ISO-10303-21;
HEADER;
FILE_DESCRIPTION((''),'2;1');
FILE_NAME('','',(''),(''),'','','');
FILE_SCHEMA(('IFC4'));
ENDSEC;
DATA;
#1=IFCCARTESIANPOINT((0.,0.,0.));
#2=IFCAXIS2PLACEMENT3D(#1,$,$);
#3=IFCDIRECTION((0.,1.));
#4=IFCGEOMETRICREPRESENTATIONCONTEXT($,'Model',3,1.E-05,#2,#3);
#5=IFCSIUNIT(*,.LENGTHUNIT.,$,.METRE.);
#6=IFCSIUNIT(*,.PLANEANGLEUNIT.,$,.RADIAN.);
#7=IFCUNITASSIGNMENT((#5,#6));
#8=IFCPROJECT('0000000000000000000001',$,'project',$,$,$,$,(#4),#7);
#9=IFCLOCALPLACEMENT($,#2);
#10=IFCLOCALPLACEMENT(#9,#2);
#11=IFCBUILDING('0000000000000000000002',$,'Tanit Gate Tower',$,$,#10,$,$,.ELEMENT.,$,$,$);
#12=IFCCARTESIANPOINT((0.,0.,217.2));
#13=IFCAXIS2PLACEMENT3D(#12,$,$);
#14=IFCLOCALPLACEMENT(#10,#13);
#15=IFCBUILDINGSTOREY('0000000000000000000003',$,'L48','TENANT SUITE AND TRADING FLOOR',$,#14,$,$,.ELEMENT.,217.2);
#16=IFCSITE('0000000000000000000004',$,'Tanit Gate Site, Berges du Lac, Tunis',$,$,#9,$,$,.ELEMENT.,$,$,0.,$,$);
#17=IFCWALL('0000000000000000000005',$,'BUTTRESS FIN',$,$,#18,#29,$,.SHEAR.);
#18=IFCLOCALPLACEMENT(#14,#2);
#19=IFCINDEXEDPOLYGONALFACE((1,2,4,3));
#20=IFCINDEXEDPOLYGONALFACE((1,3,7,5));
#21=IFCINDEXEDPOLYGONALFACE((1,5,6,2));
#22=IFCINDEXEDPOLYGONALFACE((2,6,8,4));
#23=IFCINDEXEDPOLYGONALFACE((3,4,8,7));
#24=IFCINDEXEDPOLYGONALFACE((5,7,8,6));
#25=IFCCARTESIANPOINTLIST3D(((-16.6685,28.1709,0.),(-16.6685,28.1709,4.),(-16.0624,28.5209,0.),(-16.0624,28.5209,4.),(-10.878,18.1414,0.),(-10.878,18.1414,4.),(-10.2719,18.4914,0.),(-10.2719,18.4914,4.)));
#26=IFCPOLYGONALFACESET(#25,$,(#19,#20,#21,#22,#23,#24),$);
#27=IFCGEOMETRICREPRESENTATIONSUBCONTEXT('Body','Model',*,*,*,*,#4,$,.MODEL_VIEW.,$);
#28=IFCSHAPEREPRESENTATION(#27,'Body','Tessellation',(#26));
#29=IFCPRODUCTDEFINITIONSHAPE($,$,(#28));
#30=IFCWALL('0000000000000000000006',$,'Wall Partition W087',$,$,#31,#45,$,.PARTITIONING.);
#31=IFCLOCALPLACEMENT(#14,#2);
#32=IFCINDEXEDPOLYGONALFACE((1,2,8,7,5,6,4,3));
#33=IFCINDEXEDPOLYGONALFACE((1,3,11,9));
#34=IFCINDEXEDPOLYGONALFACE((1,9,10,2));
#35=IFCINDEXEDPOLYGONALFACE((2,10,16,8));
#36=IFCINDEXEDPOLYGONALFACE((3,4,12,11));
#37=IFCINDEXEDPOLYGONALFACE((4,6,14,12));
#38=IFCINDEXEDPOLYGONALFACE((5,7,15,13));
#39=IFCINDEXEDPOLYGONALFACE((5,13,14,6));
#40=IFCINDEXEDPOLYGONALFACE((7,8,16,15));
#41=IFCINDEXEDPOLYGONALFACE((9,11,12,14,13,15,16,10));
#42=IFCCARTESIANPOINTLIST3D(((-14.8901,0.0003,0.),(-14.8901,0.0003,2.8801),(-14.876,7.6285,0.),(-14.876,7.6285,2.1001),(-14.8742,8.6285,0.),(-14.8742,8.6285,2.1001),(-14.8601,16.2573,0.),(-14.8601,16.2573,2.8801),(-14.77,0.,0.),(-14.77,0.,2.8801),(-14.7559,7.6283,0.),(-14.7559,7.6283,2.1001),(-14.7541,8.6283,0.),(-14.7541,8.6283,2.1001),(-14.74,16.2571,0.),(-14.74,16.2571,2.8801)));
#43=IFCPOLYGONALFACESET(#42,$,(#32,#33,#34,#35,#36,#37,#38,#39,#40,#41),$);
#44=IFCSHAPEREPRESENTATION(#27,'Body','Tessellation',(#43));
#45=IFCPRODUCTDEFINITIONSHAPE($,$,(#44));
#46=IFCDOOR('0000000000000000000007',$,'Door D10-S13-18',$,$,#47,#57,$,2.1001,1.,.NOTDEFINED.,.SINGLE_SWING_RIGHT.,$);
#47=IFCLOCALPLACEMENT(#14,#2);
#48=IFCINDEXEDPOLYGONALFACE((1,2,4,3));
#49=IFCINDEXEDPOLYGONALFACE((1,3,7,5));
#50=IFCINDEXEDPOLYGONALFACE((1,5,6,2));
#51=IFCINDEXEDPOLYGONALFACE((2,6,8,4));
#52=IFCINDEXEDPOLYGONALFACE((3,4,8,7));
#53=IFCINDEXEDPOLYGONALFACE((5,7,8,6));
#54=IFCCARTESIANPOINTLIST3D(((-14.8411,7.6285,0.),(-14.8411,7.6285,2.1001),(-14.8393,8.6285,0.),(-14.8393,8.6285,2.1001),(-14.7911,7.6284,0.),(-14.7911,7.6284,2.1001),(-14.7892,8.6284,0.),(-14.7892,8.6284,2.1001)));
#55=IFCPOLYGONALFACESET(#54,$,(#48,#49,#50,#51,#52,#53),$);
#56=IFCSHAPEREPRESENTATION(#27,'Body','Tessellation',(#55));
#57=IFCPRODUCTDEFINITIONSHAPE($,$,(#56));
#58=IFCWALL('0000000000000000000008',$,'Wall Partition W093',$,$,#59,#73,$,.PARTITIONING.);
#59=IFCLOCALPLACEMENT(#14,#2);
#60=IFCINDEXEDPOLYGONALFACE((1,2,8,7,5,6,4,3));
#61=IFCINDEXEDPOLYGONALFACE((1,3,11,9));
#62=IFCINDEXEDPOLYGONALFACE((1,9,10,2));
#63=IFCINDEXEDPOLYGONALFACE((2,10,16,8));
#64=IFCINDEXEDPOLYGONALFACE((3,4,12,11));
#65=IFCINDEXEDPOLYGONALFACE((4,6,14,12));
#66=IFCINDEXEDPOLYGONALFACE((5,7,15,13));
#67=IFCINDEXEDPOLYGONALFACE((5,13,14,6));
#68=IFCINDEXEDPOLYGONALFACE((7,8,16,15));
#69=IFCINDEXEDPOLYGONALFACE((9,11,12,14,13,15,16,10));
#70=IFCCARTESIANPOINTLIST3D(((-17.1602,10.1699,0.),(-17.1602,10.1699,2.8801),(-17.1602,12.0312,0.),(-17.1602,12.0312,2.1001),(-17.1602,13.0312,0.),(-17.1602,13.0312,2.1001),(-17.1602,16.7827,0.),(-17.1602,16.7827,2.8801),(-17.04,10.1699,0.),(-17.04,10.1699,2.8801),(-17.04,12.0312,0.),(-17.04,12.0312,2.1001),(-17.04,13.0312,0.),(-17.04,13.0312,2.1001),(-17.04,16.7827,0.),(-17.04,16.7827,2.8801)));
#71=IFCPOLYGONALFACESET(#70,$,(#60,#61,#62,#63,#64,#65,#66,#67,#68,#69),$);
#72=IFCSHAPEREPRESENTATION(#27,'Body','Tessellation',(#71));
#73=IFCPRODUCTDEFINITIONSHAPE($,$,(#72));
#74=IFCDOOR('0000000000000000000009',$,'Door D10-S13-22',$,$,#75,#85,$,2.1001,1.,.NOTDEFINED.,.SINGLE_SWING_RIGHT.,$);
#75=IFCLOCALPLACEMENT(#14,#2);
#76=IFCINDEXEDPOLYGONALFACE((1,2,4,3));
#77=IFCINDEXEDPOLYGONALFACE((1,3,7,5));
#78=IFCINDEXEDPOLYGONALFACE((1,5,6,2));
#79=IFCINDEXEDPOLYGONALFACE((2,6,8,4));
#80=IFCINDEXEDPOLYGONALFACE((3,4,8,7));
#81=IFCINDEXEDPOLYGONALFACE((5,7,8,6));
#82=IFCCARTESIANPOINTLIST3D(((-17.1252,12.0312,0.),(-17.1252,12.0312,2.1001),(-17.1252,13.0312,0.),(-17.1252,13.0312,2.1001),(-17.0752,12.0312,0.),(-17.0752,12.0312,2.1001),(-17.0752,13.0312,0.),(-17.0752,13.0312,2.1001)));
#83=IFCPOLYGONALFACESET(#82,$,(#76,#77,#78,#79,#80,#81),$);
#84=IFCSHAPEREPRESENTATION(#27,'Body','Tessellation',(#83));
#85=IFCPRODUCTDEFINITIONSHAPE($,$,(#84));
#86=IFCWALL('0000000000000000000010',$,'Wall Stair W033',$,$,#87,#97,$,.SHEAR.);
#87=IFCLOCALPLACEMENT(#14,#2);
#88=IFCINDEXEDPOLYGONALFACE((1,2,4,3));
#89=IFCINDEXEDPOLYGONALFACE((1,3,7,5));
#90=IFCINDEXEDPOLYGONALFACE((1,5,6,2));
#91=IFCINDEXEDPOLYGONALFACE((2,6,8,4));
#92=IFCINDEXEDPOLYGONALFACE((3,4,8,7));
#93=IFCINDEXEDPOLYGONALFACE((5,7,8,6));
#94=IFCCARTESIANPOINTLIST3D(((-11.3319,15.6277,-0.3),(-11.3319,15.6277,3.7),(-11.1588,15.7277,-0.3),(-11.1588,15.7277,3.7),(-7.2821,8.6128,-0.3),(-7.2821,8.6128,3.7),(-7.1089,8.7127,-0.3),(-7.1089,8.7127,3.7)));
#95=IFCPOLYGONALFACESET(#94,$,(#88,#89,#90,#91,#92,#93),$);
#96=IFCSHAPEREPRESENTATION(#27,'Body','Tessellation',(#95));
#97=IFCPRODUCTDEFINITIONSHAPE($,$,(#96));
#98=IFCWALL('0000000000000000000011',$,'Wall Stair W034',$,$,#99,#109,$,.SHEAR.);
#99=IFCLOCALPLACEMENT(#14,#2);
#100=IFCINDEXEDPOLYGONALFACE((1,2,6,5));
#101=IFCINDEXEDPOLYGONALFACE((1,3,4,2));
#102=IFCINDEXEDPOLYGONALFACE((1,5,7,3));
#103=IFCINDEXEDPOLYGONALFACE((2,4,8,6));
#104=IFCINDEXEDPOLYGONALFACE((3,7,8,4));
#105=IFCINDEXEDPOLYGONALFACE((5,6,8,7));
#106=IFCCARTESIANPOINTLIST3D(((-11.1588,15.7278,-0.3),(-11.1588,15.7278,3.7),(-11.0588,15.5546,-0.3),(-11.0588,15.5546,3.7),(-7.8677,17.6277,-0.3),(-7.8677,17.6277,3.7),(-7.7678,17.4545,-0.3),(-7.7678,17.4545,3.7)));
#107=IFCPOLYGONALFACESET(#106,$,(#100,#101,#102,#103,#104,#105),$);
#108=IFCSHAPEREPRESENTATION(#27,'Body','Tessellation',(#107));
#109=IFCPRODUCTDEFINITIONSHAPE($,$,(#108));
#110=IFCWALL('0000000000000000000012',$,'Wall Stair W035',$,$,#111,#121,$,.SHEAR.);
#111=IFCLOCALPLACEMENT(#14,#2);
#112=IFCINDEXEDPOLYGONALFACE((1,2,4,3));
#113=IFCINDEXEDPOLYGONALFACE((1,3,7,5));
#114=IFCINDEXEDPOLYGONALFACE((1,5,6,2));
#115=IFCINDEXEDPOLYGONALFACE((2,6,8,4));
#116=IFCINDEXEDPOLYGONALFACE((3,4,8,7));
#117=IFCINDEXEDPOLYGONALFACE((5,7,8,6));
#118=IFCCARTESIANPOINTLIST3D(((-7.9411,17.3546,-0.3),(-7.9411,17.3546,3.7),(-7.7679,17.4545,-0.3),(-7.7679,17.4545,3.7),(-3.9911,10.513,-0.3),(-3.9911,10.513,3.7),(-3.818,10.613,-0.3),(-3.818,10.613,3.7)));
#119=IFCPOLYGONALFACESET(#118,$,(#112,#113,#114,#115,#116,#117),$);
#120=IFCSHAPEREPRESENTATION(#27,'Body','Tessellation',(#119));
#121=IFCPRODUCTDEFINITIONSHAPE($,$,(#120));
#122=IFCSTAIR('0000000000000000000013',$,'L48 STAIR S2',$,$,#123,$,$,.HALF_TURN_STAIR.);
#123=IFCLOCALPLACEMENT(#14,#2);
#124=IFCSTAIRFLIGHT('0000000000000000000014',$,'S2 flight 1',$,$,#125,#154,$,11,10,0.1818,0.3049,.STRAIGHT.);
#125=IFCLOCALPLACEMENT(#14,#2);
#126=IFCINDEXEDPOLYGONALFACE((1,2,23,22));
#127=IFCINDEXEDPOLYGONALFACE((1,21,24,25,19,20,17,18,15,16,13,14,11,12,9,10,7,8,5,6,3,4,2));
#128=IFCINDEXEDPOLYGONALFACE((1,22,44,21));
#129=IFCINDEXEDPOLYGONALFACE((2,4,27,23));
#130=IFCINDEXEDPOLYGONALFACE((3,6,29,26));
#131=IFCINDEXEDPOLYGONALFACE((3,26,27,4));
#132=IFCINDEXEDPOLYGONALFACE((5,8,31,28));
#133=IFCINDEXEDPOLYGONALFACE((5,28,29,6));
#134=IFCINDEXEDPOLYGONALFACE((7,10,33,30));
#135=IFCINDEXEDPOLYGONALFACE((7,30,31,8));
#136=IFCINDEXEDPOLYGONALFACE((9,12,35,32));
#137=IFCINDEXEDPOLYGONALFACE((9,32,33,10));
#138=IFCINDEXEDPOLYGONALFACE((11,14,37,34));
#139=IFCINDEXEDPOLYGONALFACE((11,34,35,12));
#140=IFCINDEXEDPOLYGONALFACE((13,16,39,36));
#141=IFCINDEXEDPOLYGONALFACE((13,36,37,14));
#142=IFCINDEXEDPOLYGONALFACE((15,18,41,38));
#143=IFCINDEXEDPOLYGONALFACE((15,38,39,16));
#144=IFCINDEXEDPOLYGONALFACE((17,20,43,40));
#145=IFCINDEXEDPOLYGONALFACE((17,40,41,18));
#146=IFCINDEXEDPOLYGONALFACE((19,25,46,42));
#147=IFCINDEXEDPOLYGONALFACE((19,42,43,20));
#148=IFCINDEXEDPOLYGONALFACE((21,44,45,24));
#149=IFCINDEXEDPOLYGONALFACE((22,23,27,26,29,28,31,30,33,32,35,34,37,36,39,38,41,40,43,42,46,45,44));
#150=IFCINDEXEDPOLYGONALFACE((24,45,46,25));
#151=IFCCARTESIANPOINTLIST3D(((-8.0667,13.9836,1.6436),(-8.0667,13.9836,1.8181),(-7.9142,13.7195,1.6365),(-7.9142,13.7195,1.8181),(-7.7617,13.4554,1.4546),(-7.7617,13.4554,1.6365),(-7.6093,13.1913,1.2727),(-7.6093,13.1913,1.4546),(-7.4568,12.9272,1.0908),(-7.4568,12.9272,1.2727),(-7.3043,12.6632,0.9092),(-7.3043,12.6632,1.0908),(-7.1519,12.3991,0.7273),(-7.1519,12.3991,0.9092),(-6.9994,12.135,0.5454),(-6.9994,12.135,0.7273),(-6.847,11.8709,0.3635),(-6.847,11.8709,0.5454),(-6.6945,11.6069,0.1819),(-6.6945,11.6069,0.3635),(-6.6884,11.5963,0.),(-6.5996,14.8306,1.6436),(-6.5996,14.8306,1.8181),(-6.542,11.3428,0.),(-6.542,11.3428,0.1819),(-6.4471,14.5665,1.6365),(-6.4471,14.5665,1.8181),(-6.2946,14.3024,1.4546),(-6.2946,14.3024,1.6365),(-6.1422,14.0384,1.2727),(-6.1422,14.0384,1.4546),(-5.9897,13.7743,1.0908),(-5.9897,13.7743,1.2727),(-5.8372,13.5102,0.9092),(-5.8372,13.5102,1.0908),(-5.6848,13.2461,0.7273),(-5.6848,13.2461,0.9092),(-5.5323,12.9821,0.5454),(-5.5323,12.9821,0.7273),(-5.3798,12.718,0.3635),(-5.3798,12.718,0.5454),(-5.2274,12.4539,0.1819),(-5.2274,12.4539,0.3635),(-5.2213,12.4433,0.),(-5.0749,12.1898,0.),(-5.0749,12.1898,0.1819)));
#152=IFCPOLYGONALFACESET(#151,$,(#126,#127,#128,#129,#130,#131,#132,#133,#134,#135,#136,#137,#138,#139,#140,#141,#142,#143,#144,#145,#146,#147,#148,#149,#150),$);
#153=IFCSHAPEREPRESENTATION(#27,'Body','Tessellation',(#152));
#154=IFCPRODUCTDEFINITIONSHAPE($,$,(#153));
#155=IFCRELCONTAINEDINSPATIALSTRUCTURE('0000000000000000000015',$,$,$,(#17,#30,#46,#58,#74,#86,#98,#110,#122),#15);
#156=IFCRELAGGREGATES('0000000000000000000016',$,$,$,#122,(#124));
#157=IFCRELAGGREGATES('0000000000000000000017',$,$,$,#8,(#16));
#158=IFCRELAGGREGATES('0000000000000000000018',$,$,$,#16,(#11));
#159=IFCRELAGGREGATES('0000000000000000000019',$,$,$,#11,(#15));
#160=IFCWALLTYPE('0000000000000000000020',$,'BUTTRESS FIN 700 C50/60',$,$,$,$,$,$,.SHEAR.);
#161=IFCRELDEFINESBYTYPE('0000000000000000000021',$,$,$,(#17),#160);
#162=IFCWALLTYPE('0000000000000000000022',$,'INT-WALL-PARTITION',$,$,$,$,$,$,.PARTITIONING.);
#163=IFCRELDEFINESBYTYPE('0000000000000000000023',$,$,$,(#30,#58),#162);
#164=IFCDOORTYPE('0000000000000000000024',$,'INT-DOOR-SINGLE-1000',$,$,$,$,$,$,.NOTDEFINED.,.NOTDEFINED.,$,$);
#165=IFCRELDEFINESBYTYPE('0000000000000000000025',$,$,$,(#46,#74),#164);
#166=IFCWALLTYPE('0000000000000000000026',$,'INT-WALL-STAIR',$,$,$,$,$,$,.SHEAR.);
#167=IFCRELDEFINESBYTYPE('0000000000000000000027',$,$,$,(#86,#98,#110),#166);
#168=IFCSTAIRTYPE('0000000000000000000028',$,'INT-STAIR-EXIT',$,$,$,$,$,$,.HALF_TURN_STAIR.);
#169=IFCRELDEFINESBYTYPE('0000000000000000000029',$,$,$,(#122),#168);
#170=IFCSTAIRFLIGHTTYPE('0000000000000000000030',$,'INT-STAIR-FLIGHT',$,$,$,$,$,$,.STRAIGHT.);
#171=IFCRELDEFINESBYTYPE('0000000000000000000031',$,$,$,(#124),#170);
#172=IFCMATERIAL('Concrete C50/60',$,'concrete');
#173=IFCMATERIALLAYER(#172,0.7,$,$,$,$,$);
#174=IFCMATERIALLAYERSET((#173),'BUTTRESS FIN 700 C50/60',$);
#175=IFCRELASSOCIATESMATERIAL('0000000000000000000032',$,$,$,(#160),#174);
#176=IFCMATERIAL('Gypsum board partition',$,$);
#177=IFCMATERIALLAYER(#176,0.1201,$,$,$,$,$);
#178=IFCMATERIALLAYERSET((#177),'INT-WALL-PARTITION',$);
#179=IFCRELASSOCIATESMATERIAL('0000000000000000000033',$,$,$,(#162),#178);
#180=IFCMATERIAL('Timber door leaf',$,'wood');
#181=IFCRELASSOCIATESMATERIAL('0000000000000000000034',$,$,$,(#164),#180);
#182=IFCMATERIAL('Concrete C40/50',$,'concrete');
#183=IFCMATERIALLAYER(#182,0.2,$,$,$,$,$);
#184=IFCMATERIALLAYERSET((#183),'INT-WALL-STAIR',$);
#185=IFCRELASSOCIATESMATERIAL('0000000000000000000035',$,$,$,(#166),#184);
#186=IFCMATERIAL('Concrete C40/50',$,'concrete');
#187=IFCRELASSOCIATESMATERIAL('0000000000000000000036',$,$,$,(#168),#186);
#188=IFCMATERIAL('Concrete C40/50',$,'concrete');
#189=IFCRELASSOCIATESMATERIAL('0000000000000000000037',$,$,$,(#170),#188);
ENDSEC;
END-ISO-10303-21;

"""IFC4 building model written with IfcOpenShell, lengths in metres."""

from ifc_helpers import new_model, si_unit, direction, frame, frame_2d, origin, place, context, subcontext, project, spatial, polyline, rectangle, outline, extrude, material, layer, layer_set, type_object, element, fill, aggregate, save


model = new_model("IFC4")

# Units and contexts
model_context = context("Model", 3, precision=1e-05, world=origin(), true_north=direction((0.0, 1.0)))
body_context = subcontext(model_context, "Body", "Model", "MODEL_VIEW")
ifc_project = project(units=[si_unit("LENGTHUNIT", "METRE"), si_unit("PLANEANGLEUNIT", "RADIAN")], contexts=[model_context])

# Site, building, storey
site_placement = place(None, origin())
site = spatial("IfcSite", under=ifc_project, at=site_placement, Name="Tanit Gate Site, Berges du Lac, Tunis", CompositionType="ELEMENT", RefElevation=0.0)
building_placement = place(site_placement, origin())
building = spatial("IfcBuilding", under=site, at=building_placement, Name="Tanit Gate Tower", CompositionType="ELEMENT")
storey_placement = place(building_placement, frame((0.0, 0.0, 217.2)))
storey = spatial("IfcBuildingStorey", under=building, at=storey_placement, Name="L48", Description="TENANT SUITE AND TRADING FLOOR", CompositionType="ELEMENT", Elevation=217.2)

# Wall
ifc_material_1 = material(Name="Concrete C50/60", Category="concrete")
ifc_layer_1 = layer(ifc_material_1, 0.7)
ifc_layer_set_1 = layer_set([ifc_layer_1], Name="BUTTRESS FIN 700 C50/60")
wall_type_1 = type_object("IfcWallType", Name="BUTTRESS FIN 700 C50/60", PredefinedType="SHEAR", material=ifc_layer_set_1)
wall_1_placement = place(storey_placement, frame((-10.575, 18.3164, 0.0), z_axis=(0.0, 0.0, 1.0), x_axis=(-0.499998, 0.866027, 0.0)))
element("IfcWall", 1, at=wall_1_placement, inside=storey, type_object=wall_type_1, Name="BUTTRESS FIN", PredefinedType="SHEAR", context=body_context, shape_type="SweptSolid", body=[
    extrude(rectangle(XDim=11.5811, YDim=0.7, at=frame_2d((5.7905, 0.0))), origin(), (0.0, 0.0, 1.0), 4.0),
])

# Walls, openings, doors
ifc_material_2 = material(Name="Gypsum board partition")
ifc_layer_2 = layer(ifc_material_2, 0.1201)
ifc_layer_set_2 = layer_set([ifc_layer_2], Name="INT-WALL-PARTITION")
wall_type_2 = type_object("IfcWallType", Name="INT-WALL-PARTITION", PredefinedType="PARTITIONING", material=ifc_layer_set_2)
wall_2_placement = place(storey_placement, frame((-14.8, 16.2571, 0.0), z_axis=(0.0, 0.0, 1.0), x_axis=(-0.001847, -0.999998, 0.0)))
wall_2 = element("IfcWall", 2, at=wall_2_placement, inside=storey, type_object=wall_type_2, Name="Wall Partition W087", PredefinedType="PARTITIONING", context=body_context, shape_type="SweptSolid", body=[
    extrude(rectangle(XDim=16.2571, YDim=0.1201, at=frame_2d((8.1284, 0.0))), origin(), (0.0, 0.0, 1.0), 2.8801),
])
opening_1_placement = place(wall_2_placement, frame((7.6287, 0.0, 0.0)))
opening_1 = element("IfcOpeningElement", 3, at=opening_1_placement, cuts=wall_2, PredefinedType="OPENING", context=body_context, shape_type="SweptSolid", body=[
    extrude(rectangle(XDim=1.0, YDim=2.1001, at=frame_2d((0.5, 1.05))), frame((0.0, 0.0701, 0.0), z_axis=(0.0, -1.0, 0.0), x_axis=(1.0, 0.0, 0.0)), (0.0, 0.0, 1.0), 0.1401),
])
ifc_material_3 = material(Name="Timber door leaf", Category="wood")
door_type_1 = type_object("IfcDoorType", Name="INT-DOOR-SINGLE-1000", OperationType="NOTDEFINED", PredefinedType="NOTDEFINED", material=ifc_material_3)
door_1_placement = place(opening_1_placement, origin())
door_1 = element("IfcDoor", 4, at=door_1_placement, inside=storey, type_object=door_type_1, Name="Door D10-S13-18", OperationType="SINGLE_SWING_RIGHT", OverallHeight=2.1001, OverallWidth=1.0, PredefinedType="NOTDEFINED", context=body_context, shape_type="SweptSolid", body=[
    extrude(rectangle(XDim=1.0, YDim=2.1001, at=frame_2d((0.5, 1.05))), frame((0.0, 0.0249, 0.0), z_axis=(0.0, -1.0, 0.0), x_axis=(1.0, 0.0, 0.0)), (0.0, 0.0, 1.0), 0.05),
])
fill(opening_1, door_1)
wall_3_placement = place(storey_placement, frame((-17.1001, 16.7827, 0.0), z_axis=(0.0, 0.0, 1.0), x_axis=(0.0, -1.0, 0.0)))
wall_3 = element("IfcWall", 5, at=wall_3_placement, inside=storey, type_object=wall_type_2, Name="Wall Partition W093", PredefinedType="PARTITIONING", context=body_context, shape_type="SweptSolid", body=[
    extrude(rectangle(XDim=6.6128, YDim=0.1201, at=frame_2d((3.3064, 0.0))), origin(), (0.0, 0.0, 1.0), 2.8801),
])
opening_2_placement = place(wall_3_placement, frame((3.7515, 0.0, 0.0)))
opening_2 = element("IfcOpeningElement", 6, at=opening_2_placement, cuts=wall_3, PredefinedType="OPENING", context=body_context, shape_type="SweptSolid", body=[
    extrude(rectangle(XDim=1.0, YDim=2.1001, at=frame_2d((0.5, 1.05))), frame((0.0, 0.0701, 0.0), z_axis=(0.0, -1.0, 0.0), x_axis=(1.0, 0.0, 0.0)), (0.0, 0.0, 1.0), 0.1401),
])
door_2_placement = place(opening_2_placement, origin())
door_2 = element("IfcDoor", 7, at=door_2_placement, inside=storey, type_object=door_type_1, Name="Door D10-S13-22", OperationType="SINGLE_SWING_RIGHT", OverallHeight=2.1001, OverallWidth=1.0, PredefinedType="NOTDEFINED", context=body_context, shape_type="SweptSolid", body=[
    extrude(rectangle(XDim=1.0, YDim=2.1001, at=frame_2d((0.5, 1.05))), frame((0.0, 0.0249, 0.0), z_axis=(0.0, -1.0, 0.0), x_axis=(1.0, 0.0, 0.0)), (0.0, 0.0, 1.0), 0.05),
])
fill(opening_2, door_2)

# Walls
ifc_material_4 = material(Name="Concrete C40/50", Category="concrete")
ifc_layer_3 = layer(ifc_material_4, 0.2)
ifc_layer_set_3 = layer_set([ifc_layer_3], Name="INT-WALL-STAIR")
wall_type_3 = type_object("IfcWallType", Name="INT-WALL-STAIR", PredefinedType="SHEAR", material=ifc_layer_set_3)
wall_4_placement = place(storey_placement, frame((-11.2454, 15.6777, -0.3), z_axis=(0.0, 0.0, 1.0), x_axis=(0.499977, -0.866039, 0.0)))
element("IfcWall", 8, at=wall_4_placement, inside=storey, type_object=wall_type_3, Name="Wall Stair W033", PredefinedType="SHEAR", context=body_context, shape_type="SweptSolid", body=[
    extrude(rectangle(XDim=8.1001, YDim=0.2, at=frame_2d((4.05, 0.0))), origin(), (0.0, 0.0, 1.0), 4.0),
])
wall_5_placement = place(storey_placement, frame((-7.8179, 17.541, -0.3), z_axis=(0.0, 0.0, 1.0), x_axis=(-0.866044, -0.499967, 0.0)))
element("IfcWall", 9, at=wall_5_placement, inside=storey, type_object=wall_type_3, Name="Wall Stair W034", PredefinedType="SHEAR", context=body_context, shape_type="SweptSolid", body=[
    extrude(rectangle(XDim=3.8, YDim=0.2, at=frame_2d((1.8999, 0.0))), origin(), (0.0, 0.0, 1.0), 4.0),
])
wall_6_placement = place(storey_placement, frame((-7.8545, 17.4045, -0.3), z_axis=(0.0, 0.0, 1.0), x_axis=(0.499998, -0.866027, 0.0)))
element("IfcWall", 10, at=wall_6_placement, inside=storey, type_object=wall_type_3, Name="Wall Stair W035", PredefinedType="SHEAR", context=body_context, shape_type="SweptSolid", body=[
    extrude(rectangle(XDim=7.8999, YDim=0.2, at=frame_2d((3.95, 0.0))), origin(), (0.0, 0.0, 1.0), 4.0),
])

# Stair, stair flight
ifc_material_5 = material(Name="Concrete C40/50", Category="concrete")
stair_type = type_object("IfcStairType", Name="INT-STAIR-EXIT", PredefinedType="HALF_TURN_STAIR", material=ifc_material_5)
stair_placement = place(storey_placement, origin())
stair = element("IfcStair", 11, at=stair_placement, inside=storey, type_object=stair_type, Name="L48 STAIR S2", PredefinedType="HALF_TURN_STAIR")
ifc_material_6 = material(Name="Concrete C40/50", Category="concrete")
stair_flight_type = type_object("IfcStairFlightType", Name="INT-STAIR-FLIGHT", PredefinedType="STRAIGHT", material=ifc_material_6)
stair_flight_1_placement = place(storey_placement, frame((-5.8083, 11.7664, 0.0), z_axis=(0.0, 0.0, 1.0), x_axis=(-0.5, 0.866025, 0.0)))
stair_flight_1 = element("IfcStairFlight", 12, at=stair_flight_1_placement, type_object=stair_flight_type, Name="S2 flight 1", NumberOfRisers=11, NumberOfTreads=10, PredefinedType="STRAIGHT", RiserHeight=0.1818, TreadLength=0.3049, context=body_context, shape_type="SweptSolid", body=[
    extrude(outline(polyline([(0.0, 0.0), (0.0, 0.1819), (0.3049, 0.1819), (0.3049, 0.3635), (0.6099, 0.3635), (0.6099, 0.5454), (0.9148, 0.5454), (0.9148, 0.7273), (1.2197, 0.7273), (1.2197, 0.9092), (1.5247, 0.9092), (1.5247, 1.0908), (1.8296, 1.0908), (1.8296, 1.2727), (2.1345, 1.2727), (2.1345, 1.4546), (2.4395, 1.4546), (2.4395, 1.6365), (2.7444, 1.6365), (2.7444, 1.8181), (3.0493, 1.8181), (3.0493, 2.0), (3.0493, 1.6436), (0.2927, 0.0), (0.0, 0.0)])), frame((0.0, 0.8472, 0.0), z_axis=(0.0, -1.0, 0.0), x_axis=(1.0, 0.0, 0.0)), (0.0, 0.0, 1.0), 1.6941),
])
aggregate(stair, [stair_flight_1])

save(model, "model.ifc")
